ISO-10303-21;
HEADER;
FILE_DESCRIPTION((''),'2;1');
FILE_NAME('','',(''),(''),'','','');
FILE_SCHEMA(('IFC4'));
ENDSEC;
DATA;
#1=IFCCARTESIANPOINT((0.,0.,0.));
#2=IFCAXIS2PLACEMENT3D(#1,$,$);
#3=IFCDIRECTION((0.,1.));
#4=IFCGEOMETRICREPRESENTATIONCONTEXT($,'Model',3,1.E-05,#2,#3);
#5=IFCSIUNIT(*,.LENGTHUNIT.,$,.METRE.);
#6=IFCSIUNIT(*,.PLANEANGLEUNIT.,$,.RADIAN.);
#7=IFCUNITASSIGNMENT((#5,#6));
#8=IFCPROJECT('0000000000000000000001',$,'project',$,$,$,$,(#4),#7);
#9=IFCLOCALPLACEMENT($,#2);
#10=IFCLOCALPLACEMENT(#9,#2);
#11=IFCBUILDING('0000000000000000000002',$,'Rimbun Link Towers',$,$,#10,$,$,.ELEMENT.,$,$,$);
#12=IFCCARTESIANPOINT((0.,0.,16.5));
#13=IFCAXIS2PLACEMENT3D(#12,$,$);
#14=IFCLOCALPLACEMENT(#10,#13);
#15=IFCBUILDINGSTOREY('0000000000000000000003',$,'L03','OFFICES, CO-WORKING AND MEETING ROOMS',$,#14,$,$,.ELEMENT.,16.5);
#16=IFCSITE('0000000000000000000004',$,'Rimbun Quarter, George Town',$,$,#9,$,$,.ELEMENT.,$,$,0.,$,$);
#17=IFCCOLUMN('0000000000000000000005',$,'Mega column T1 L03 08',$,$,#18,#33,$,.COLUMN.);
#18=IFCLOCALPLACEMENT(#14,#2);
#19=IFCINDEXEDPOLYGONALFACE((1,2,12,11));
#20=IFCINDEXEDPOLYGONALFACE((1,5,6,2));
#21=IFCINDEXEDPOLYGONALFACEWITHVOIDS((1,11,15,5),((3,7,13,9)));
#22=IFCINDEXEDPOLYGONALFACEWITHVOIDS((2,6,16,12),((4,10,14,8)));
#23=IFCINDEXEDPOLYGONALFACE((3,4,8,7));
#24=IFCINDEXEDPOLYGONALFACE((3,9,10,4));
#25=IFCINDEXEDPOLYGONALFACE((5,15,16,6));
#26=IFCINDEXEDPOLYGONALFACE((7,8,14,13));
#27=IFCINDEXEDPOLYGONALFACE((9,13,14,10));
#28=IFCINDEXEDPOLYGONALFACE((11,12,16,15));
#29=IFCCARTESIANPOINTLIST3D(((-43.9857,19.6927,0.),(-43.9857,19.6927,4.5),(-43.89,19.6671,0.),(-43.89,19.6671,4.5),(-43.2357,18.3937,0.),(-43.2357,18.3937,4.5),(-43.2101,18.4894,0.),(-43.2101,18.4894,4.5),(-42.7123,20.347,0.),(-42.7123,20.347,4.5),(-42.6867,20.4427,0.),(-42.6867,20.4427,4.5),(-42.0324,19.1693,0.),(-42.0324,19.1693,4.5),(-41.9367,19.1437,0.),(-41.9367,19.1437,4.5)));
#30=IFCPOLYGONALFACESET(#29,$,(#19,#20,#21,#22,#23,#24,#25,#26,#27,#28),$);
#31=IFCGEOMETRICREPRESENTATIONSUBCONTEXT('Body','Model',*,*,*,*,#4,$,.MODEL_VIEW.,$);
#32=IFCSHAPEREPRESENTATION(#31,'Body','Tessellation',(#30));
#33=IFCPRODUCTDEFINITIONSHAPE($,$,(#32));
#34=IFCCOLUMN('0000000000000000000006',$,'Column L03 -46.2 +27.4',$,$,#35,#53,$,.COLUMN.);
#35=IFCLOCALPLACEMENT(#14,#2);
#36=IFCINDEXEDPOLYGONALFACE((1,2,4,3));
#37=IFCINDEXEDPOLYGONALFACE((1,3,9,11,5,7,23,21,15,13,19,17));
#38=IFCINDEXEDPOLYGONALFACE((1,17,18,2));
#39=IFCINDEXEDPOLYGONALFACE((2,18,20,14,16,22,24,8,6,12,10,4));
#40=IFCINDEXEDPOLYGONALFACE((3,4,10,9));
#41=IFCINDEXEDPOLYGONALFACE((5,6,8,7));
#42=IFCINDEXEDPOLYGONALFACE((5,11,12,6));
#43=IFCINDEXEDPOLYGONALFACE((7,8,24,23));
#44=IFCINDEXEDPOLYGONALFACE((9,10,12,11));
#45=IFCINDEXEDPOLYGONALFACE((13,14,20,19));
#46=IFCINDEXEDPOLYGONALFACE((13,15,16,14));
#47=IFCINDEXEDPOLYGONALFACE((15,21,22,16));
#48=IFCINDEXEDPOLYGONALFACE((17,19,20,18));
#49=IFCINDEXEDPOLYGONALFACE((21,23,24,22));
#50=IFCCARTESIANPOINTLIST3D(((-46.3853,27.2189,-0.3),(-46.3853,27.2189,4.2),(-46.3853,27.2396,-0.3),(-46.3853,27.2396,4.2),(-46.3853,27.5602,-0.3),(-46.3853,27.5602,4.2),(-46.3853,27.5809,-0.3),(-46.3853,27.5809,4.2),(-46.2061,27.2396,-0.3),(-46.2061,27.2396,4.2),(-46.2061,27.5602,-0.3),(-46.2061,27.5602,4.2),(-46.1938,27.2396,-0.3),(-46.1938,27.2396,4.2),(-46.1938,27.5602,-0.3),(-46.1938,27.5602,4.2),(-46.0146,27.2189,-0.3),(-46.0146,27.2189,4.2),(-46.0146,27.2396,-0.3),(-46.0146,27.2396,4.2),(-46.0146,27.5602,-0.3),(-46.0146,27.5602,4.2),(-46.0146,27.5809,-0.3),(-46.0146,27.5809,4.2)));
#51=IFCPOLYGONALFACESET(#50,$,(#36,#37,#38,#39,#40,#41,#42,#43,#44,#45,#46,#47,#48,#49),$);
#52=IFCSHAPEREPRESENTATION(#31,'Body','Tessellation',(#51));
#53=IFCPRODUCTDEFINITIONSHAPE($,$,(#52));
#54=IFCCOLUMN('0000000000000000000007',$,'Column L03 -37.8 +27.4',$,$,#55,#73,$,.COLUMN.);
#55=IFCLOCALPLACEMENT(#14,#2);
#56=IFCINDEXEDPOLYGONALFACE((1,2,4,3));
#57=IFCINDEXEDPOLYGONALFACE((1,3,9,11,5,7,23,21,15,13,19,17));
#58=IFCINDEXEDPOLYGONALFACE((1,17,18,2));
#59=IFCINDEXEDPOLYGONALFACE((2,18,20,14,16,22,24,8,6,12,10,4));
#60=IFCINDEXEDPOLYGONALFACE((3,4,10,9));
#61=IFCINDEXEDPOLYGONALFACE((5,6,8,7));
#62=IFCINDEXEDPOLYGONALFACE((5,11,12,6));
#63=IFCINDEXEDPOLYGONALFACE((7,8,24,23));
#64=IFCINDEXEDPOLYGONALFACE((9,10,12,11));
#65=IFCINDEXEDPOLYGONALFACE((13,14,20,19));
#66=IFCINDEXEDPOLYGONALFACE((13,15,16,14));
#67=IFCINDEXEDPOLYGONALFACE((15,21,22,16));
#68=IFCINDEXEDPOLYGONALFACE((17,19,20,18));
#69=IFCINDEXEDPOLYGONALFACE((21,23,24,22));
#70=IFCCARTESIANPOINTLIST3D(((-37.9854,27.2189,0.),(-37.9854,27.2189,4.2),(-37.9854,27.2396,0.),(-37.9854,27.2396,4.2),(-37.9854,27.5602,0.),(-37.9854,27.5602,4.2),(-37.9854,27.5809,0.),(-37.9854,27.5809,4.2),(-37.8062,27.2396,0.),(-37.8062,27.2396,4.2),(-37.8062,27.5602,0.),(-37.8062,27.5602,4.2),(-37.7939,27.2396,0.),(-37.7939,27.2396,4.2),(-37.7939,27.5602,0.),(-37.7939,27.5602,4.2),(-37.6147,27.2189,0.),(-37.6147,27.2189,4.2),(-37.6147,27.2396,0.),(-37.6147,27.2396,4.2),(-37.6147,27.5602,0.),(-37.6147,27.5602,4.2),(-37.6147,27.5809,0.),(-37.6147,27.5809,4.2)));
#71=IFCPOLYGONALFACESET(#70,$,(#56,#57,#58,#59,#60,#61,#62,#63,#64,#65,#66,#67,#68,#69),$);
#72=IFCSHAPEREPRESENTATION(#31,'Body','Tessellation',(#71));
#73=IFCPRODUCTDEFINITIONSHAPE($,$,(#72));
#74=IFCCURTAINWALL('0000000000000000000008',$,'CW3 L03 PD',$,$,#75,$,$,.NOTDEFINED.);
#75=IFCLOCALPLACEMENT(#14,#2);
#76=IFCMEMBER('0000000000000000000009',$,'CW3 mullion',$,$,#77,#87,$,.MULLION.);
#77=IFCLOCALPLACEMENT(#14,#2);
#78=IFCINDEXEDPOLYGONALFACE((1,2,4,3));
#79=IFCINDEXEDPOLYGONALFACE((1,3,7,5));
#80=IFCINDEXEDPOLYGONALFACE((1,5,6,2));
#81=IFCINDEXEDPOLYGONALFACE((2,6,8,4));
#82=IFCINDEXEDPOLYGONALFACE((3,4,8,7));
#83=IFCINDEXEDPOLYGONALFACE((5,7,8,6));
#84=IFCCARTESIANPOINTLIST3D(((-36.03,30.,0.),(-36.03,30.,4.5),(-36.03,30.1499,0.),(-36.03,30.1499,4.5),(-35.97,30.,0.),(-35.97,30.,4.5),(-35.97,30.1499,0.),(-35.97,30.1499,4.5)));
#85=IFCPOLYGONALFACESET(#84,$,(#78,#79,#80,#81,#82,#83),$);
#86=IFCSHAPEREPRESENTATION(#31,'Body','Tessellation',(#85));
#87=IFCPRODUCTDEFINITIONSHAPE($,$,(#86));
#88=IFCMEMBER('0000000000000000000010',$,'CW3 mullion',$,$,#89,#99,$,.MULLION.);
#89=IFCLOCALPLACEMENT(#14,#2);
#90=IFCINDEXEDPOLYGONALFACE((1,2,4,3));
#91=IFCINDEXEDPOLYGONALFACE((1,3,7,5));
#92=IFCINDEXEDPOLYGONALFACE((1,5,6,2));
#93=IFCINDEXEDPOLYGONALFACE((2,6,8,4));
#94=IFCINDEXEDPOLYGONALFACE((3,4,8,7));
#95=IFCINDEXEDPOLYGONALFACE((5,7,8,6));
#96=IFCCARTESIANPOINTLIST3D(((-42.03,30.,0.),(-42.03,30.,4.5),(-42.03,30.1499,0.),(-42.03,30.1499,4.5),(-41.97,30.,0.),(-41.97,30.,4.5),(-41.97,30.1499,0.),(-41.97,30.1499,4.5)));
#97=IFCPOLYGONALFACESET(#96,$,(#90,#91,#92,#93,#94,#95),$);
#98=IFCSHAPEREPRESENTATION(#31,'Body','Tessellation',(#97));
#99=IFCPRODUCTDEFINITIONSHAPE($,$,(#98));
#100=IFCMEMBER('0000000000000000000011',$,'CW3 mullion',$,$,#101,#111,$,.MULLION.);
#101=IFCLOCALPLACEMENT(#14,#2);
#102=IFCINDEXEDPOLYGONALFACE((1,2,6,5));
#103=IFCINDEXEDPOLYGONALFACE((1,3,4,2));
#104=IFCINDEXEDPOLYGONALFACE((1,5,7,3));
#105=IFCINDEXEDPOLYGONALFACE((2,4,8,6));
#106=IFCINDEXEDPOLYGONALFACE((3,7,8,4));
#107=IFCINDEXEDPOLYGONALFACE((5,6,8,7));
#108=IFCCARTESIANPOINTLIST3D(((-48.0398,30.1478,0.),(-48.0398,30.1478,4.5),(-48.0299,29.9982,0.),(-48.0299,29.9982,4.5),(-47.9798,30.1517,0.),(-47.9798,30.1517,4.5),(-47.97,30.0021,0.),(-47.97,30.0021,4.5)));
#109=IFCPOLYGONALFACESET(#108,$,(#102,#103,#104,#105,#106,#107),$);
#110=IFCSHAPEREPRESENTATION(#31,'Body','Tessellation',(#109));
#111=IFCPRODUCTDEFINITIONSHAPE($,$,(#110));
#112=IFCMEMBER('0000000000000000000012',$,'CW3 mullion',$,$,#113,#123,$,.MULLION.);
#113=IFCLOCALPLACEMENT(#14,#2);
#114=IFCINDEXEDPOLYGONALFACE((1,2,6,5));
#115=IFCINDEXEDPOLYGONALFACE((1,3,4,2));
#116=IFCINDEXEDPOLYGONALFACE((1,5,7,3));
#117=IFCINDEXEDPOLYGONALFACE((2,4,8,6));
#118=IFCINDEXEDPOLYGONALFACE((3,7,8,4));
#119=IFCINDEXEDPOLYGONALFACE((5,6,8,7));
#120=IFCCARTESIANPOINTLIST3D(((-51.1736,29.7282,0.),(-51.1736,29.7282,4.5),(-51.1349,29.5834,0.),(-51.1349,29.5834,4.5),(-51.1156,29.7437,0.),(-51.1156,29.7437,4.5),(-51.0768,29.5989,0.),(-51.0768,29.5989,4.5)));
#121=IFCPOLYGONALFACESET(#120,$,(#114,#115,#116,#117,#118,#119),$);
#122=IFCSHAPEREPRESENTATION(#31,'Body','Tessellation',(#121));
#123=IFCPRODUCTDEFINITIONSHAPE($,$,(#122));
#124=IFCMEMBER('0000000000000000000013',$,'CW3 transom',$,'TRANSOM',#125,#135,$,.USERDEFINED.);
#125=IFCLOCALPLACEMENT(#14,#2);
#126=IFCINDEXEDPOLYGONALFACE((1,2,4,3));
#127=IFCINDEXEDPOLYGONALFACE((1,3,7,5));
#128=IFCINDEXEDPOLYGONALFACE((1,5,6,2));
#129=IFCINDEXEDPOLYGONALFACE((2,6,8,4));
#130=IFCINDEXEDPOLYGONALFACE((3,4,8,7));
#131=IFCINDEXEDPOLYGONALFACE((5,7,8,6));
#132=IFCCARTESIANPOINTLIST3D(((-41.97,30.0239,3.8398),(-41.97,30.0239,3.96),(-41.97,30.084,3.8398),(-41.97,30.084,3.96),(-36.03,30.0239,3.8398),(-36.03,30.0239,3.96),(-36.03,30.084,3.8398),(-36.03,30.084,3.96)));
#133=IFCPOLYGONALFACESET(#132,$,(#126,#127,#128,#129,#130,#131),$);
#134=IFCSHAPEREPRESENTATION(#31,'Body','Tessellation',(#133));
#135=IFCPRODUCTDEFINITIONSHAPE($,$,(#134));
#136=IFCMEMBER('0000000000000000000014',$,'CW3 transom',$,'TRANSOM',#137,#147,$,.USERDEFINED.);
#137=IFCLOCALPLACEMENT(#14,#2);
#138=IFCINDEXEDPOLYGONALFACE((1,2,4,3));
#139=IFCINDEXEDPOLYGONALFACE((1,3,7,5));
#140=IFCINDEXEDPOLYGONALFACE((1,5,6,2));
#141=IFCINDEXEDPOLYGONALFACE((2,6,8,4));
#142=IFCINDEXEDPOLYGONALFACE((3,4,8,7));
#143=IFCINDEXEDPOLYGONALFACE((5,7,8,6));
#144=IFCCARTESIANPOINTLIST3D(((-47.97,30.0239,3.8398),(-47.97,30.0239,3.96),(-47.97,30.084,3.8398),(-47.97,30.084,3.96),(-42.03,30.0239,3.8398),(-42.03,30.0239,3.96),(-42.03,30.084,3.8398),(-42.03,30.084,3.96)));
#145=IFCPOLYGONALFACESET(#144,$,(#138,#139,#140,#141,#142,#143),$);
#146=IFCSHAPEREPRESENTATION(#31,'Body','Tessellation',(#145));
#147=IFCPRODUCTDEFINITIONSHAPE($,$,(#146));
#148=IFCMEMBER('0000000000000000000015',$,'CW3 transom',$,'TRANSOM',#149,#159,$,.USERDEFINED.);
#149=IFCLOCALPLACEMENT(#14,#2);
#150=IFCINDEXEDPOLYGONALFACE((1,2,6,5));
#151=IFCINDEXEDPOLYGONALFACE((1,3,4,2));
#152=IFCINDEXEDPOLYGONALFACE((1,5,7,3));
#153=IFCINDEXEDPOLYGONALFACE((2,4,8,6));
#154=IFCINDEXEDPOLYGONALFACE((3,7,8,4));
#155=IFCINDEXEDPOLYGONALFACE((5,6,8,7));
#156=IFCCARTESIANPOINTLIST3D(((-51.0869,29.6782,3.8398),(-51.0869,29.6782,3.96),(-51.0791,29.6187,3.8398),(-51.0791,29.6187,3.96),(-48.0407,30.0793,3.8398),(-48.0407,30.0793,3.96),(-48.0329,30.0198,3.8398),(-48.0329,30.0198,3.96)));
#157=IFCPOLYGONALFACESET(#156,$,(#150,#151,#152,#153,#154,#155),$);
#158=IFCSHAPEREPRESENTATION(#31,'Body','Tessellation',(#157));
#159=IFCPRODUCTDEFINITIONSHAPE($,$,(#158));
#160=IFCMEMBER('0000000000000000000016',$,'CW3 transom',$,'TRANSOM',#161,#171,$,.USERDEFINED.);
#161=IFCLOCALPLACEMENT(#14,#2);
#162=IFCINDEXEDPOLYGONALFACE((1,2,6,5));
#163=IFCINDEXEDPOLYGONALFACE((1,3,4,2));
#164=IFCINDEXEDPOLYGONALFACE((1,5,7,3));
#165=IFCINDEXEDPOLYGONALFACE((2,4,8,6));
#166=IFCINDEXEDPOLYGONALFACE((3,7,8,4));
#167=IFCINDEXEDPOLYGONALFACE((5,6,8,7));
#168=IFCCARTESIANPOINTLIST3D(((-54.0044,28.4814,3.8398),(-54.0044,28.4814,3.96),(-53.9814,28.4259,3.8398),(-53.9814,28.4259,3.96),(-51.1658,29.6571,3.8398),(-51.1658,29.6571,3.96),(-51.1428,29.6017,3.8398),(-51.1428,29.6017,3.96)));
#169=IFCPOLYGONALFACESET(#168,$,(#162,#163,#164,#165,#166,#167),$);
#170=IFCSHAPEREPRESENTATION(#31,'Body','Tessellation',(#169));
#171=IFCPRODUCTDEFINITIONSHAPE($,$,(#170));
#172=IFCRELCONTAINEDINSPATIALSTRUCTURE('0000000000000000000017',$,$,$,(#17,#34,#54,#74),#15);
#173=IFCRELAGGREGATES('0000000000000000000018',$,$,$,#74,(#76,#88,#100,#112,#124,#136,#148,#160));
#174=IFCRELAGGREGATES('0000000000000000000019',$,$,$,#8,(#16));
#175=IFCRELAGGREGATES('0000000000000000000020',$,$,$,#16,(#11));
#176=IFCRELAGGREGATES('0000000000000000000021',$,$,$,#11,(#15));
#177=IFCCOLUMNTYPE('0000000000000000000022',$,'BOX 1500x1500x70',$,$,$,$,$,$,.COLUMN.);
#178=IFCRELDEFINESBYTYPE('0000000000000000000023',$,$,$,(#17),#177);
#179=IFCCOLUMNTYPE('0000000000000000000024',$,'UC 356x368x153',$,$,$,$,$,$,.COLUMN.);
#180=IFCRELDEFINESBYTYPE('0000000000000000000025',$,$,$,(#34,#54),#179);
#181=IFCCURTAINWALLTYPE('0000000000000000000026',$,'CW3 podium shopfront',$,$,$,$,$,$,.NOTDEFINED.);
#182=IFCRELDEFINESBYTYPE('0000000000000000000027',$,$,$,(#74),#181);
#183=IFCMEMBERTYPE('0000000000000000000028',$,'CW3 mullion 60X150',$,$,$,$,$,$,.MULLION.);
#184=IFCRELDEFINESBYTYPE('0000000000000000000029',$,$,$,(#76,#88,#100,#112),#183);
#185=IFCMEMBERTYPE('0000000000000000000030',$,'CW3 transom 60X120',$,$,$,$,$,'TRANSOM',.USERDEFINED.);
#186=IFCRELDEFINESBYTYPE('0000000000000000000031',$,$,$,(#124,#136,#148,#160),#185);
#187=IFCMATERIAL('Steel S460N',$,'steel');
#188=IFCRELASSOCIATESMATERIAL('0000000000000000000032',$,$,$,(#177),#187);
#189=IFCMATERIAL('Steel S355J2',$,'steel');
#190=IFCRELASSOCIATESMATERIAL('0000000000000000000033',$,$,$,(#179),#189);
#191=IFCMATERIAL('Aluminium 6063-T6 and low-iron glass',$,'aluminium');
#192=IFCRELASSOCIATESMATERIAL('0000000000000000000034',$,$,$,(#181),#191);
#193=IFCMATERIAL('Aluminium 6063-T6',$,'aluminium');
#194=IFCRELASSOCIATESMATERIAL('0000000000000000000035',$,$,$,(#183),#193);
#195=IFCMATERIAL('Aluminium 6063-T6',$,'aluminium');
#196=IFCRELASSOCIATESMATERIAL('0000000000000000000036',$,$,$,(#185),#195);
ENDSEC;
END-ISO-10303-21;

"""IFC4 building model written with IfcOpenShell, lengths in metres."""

from ifc_helpers import new_model, si_unit, direction, frame, origin, origin_2d, place, context, subcontext, project, spatial, rectangle, hollow_rectangle, i_section, extrude, material, material_profile, profile_set, type_object, element, aggregate, save


model = new_model("IFC4")

# Units and contexts
model_context = context("Model", 3, precision=1e-05, world=origin(), true_north=direction((0.0, 1.0)))
body_context = subcontext(model_context, "Body", "Model", "MODEL_VIEW")
ifc_project = project(units=[si_unit("LENGTHUNIT", "METRE"), si_unit("PLANEANGLEUNIT", "RADIAN")], contexts=[model_context])

# Site, building, storey
site_placement = place(None, origin())
site = spatial("IfcSite", under=ifc_project, at=site_placement, Name="Rimbun Quarter, George Town", CompositionType="ELEMENT", RefElevation=0.0)
building_placement = place(site_placement, origin())
building = spatial("IfcBuilding", under=site, at=building_placement, Name="Rimbun Link Towers", CompositionType="ELEMENT")
storey_placement = place(building_placement, frame((0.0, 0.0, 16.5)))
storey = spatial("IfcBuildingStorey", under=building, at=storey_placement, Name="L03", Description="OFFICES, CO-WORKING AND MEETING ROOMS", CompositionType="ELEMENT", Elevation=16.5)

# Columns
ifc_material_1 = material(Name="Steel S460N", Category="steel")
ifc_material_profile_1 = material_profile(ifc_material_1, hollow_rectangle(XDim=1.5, YDim=1.5, WallThickness=0.0701, at=origin_2d()), Name="BOX 1500x1500x70")
ifc_profile_set_1 = profile_set([ifc_material_profile_1], Name="Steel S460N")
column_type_1 = type_object("IfcColumnType", Name="BOX 1500x1500x70", PredefinedType="COLUMN", material=ifc_profile_set_1)
column_1_placement = place(storey_placement, frame((-42.9612, 19.4182, 0.0), z_axis=(0.0, 0.0, 1.0), x_axis=(-0.5, 0.866025, 0.0)))
element("IfcColumn", 1, at=column_1_placement, inside=storey, type_object=column_type_1, Name="Mega column T1 L03 08", PredefinedType="COLUMN", context=body_context, shape_type="SweptSolid", body=[
    extrude(hollow_rectangle(XDim=1.5, YDim=1.5, WallThickness=0.0701, at=origin_2d()), origin(), (0.0, 0.0, 1.0), 4.5),
])
ifc_material_2 = material(Name="Steel S355J2", Category="steel")
ifc_material_profile_2 = material_profile(ifc_material_2, i_section(OverallWidth=0.3706, OverallDepth=0.3621, WebThickness=0.0122, FlangeThickness=0.0208, at=origin_2d()), Name="UC 356x368x153")
ifc_profile_set_2 = profile_set([ifc_material_profile_2], Name="Steel S355J2")
column_type_2 = type_object("IfcColumnType", Name="UC 356x368x153", PredefinedType="COLUMN", material=ifc_profile_set_2)
column_2_placement = place(storey_placement, frame((-46.2, 27.3999, -0.3), z_axis=(0.0, 0.0, 1.0), x_axis=(1.0, 0.0, 0.0)))
element("IfcColumn", 2, at=column_2_placement, inside=storey, type_object=column_type_2, Name="Column L03 -46.2 +27.4", PredefinedType="COLUMN", context=body_context, shape_type="SweptSolid", body=[
    extrude(i_section(OverallWidth=0.3706, OverallDepth=0.3621, WebThickness=0.0122, FlangeThickness=0.0208, at=origin_2d()), origin(), (0.0, 0.0, 1.0), 4.5),
])
column_3_placement = place(storey_placement, frame((-37.8, 27.3999, 0.0), z_axis=(0.0, 0.0, 1.0), x_axis=(1.0, 0.0, 0.0)))
element("IfcColumn", 3, at=column_3_placement, inside=storey, type_object=column_type_2, Name="Column L03 -37.8 +27.4", PredefinedType="COLUMN", context=body_context, shape_type="SweptSolid", body=[
    extrude(i_section(OverallWidth=0.3706, OverallDepth=0.3621, WebThickness=0.0122, FlangeThickness=0.0208, at=origin_2d()), origin(), (0.0, 0.0, 1.0), 4.2),
])

# Curtain wall, members
ifc_material_3 = material(Name="Aluminium 6063-T6 and low-iron glass", Category="aluminium")
curtain_wall_type = type_object("IfcCurtainWallType", Name="CW3 podium shopfront", PredefinedType="NOTDEFINED", material=ifc_material_3)
curtain_wall_placement = place(storey_placement, origin())
curtain_wall = element("IfcCurtainWall", 4, at=curtain_wall_placement, inside=storey, type_object=curtain_wall_type, Name="CW3 L03 PD", PredefinedType="NOTDEFINED")
ifc_material_4 = material(Name="Aluminium 6063-T6", Category="aluminium")
ifc_material_profile_3 = material_profile(ifc_material_4, rectangle(XDim=0.1499, YDim=0.0601, at=origin_2d()), Name="MULLION 60X150")
ifc_profile_set_3 = profile_set([ifc_material_profile_3], Name="Aluminium 6063-T6")
member_type_1 = type_object("IfcMemberType", Name="CW3 mullion 60X150", PredefinedType="MULLION", material=ifc_profile_set_3)
member_1_placement = place(storey_placement, frame((-36.0, 30.075, 0.0), z_axis=(0.0, 0.0, 1.0), x_axis=(0.0, 1.0, 0.0)))
member_1 = element("IfcMember", 5, at=member_1_placement, type_object=member_type_1, Name="CW3 mullion", PredefinedType="MULLION", context=body_context, shape_type="SweptSolid", body=[
    extrude(rectangle(XDim=0.1499, YDim=0.0601, at=origin_2d()), origin(), (0.0, 0.0, 1.0), 4.5),
])
member_2_placement = place(storey_placement, frame((-42.0, 30.075, 0.0), z_axis=(0.0, 0.0, 1.0), x_axis=(0.0, 1.0, 0.0)))
member_2 = element("IfcMember", 6, at=member_2_placement, type_object=member_type_1, Name="CW3 mullion", PredefinedType="MULLION", context=body_context, shape_type="SweptSolid", body=[
    extrude(rectangle(XDim=0.1499, YDim=0.0601, at=origin_2d()), origin(), (0.0, 0.0, 1.0), 4.5),
])
member_3_placement = place(storey_placement, frame((-48.0049, 30.075, 0.0), z_axis=(0.0, 0.0, 1.0), x_axis=(-0.065405, 0.997859, 0.0)))
member_3 = element("IfcMember", 7, at=member_3_placement, type_object=member_type_1, Name="CW3 mullion", PredefinedType="MULLION", context=body_context, shape_type="SweptSolid", body=[
    extrude(rectangle(XDim=0.1499, YDim=0.0601, at=origin_2d()), origin(), (0.0, 0.0, 1.0), 4.5),
])
member_4_placement = place(storey_placement, frame((-51.1252, 29.6636, 0.0), z_axis=(0.0, 0.0, 1.0), x_axis=(-0.258819, 0.965926, 0.0)))
member_4 = element("IfcMember", 8, at=member_4_placement, type_object=member_type_1, Name="CW3 mullion", PredefinedType="MULLION", context=body_context, shape_type="SweptSolid", body=[
    extrude(rectangle(XDim=0.1499, YDim=0.0601, at=origin_2d()), origin(), (0.0, 0.0, 1.0), 4.5),
])
ifc_material_5 = material(Name="Aluminium 6063-T6", Category="aluminium")
ifc_material_profile_4 = material_profile(ifc_material_5, rectangle(XDim=0.0601, YDim=0.1201, at=origin_2d()), Name="TRANSOM 60X120")
ifc_profile_set_4 = profile_set([ifc_material_profile_4], Name="Aluminium 6063-T6")
member_type_2 = type_object("IfcMemberType", Name="CW3 transom 60X120", ElementType="TRANSOM", PredefinedType="USERDEFINED", material=ifc_profile_set_4)
member_5_placement = place(storey_placement, frame((-41.97, 30.054, 3.8999), z_axis=(1.0, 0.0, 0.0), x_axis=(0.0, 1.0, 0.0)))
member_5 = element("IfcMember", 9, at=member_5_placement, type_object=member_type_2, Name="CW3 transom", ObjectType="TRANSOM", PredefinedType="USERDEFINED", context=body_context, shape_type="SweptSolid", body=[
    extrude(rectangle(XDim=0.0601, YDim=0.1201, at=origin_2d()), origin(), (0.0, 0.0, 1.0), 5.9399),
])
member_6_placement = place(storey_placement, frame((-47.97, 30.054, 3.8999), z_axis=(1.0, 0.0, 0.0), x_axis=(0.0, 1.0, 0.0)))
member_6 = element("IfcMember", 10, at=member_6_placement, type_object=member_type_2, Name="CW3 transom", ObjectType="TRANSOM", PredefinedType="USERDEFINED", context=body_context, shape_type="SweptSolid", body=[
    extrude(rectangle(XDim=0.0601, YDim=0.1201, at=origin_2d()), origin(), (0.0, 0.0, 1.0), 5.9399),
])
member_7_placement = place(storey_placement, frame((-51.083, 29.6484, 3.8999), z_axis=(0.991441, 0.130555, 0.0), x_axis=(-0.130555, 0.991441, 0.0)))
member_7 = element("IfcMember", 11, at=member_7_placement, type_object=member_type_2, Name="CW3 transom", ObjectType="TRANSOM", PredefinedType="USERDEFINED", context=body_context, shape_type="SweptSolid", body=[
    extrude(rectangle(XDim=0.0601, YDim=0.1201, at=origin_2d()), origin(), (0.0, 0.0, 1.0), 3.0725),
])
member_8_placement = place(storey_placement, frame((-53.9929, 28.4536, 3.8999), z_axis=(0.923881, 0.382679, 0.0), x_axis=(-0.382679, 0.923881, 0.0)))
member_8 = element("IfcMember", 12, at=member_8_placement, type_object=member_type_2, Name="CW3 transom", ObjectType="TRANSOM", PredefinedType="USERDEFINED", context=body_context, shape_type="SweptSolid", body=[
    extrude(rectangle(XDim=0.0601, YDim=0.1201, at=origin_2d()), origin(), (0.0, 0.0, 1.0), 3.0725),
])

aggregate(curtain_wall, [member_1, member_2, member_3, member_4, member_5, member_6, member_7, member_8])

save(model, "model.ifc")
